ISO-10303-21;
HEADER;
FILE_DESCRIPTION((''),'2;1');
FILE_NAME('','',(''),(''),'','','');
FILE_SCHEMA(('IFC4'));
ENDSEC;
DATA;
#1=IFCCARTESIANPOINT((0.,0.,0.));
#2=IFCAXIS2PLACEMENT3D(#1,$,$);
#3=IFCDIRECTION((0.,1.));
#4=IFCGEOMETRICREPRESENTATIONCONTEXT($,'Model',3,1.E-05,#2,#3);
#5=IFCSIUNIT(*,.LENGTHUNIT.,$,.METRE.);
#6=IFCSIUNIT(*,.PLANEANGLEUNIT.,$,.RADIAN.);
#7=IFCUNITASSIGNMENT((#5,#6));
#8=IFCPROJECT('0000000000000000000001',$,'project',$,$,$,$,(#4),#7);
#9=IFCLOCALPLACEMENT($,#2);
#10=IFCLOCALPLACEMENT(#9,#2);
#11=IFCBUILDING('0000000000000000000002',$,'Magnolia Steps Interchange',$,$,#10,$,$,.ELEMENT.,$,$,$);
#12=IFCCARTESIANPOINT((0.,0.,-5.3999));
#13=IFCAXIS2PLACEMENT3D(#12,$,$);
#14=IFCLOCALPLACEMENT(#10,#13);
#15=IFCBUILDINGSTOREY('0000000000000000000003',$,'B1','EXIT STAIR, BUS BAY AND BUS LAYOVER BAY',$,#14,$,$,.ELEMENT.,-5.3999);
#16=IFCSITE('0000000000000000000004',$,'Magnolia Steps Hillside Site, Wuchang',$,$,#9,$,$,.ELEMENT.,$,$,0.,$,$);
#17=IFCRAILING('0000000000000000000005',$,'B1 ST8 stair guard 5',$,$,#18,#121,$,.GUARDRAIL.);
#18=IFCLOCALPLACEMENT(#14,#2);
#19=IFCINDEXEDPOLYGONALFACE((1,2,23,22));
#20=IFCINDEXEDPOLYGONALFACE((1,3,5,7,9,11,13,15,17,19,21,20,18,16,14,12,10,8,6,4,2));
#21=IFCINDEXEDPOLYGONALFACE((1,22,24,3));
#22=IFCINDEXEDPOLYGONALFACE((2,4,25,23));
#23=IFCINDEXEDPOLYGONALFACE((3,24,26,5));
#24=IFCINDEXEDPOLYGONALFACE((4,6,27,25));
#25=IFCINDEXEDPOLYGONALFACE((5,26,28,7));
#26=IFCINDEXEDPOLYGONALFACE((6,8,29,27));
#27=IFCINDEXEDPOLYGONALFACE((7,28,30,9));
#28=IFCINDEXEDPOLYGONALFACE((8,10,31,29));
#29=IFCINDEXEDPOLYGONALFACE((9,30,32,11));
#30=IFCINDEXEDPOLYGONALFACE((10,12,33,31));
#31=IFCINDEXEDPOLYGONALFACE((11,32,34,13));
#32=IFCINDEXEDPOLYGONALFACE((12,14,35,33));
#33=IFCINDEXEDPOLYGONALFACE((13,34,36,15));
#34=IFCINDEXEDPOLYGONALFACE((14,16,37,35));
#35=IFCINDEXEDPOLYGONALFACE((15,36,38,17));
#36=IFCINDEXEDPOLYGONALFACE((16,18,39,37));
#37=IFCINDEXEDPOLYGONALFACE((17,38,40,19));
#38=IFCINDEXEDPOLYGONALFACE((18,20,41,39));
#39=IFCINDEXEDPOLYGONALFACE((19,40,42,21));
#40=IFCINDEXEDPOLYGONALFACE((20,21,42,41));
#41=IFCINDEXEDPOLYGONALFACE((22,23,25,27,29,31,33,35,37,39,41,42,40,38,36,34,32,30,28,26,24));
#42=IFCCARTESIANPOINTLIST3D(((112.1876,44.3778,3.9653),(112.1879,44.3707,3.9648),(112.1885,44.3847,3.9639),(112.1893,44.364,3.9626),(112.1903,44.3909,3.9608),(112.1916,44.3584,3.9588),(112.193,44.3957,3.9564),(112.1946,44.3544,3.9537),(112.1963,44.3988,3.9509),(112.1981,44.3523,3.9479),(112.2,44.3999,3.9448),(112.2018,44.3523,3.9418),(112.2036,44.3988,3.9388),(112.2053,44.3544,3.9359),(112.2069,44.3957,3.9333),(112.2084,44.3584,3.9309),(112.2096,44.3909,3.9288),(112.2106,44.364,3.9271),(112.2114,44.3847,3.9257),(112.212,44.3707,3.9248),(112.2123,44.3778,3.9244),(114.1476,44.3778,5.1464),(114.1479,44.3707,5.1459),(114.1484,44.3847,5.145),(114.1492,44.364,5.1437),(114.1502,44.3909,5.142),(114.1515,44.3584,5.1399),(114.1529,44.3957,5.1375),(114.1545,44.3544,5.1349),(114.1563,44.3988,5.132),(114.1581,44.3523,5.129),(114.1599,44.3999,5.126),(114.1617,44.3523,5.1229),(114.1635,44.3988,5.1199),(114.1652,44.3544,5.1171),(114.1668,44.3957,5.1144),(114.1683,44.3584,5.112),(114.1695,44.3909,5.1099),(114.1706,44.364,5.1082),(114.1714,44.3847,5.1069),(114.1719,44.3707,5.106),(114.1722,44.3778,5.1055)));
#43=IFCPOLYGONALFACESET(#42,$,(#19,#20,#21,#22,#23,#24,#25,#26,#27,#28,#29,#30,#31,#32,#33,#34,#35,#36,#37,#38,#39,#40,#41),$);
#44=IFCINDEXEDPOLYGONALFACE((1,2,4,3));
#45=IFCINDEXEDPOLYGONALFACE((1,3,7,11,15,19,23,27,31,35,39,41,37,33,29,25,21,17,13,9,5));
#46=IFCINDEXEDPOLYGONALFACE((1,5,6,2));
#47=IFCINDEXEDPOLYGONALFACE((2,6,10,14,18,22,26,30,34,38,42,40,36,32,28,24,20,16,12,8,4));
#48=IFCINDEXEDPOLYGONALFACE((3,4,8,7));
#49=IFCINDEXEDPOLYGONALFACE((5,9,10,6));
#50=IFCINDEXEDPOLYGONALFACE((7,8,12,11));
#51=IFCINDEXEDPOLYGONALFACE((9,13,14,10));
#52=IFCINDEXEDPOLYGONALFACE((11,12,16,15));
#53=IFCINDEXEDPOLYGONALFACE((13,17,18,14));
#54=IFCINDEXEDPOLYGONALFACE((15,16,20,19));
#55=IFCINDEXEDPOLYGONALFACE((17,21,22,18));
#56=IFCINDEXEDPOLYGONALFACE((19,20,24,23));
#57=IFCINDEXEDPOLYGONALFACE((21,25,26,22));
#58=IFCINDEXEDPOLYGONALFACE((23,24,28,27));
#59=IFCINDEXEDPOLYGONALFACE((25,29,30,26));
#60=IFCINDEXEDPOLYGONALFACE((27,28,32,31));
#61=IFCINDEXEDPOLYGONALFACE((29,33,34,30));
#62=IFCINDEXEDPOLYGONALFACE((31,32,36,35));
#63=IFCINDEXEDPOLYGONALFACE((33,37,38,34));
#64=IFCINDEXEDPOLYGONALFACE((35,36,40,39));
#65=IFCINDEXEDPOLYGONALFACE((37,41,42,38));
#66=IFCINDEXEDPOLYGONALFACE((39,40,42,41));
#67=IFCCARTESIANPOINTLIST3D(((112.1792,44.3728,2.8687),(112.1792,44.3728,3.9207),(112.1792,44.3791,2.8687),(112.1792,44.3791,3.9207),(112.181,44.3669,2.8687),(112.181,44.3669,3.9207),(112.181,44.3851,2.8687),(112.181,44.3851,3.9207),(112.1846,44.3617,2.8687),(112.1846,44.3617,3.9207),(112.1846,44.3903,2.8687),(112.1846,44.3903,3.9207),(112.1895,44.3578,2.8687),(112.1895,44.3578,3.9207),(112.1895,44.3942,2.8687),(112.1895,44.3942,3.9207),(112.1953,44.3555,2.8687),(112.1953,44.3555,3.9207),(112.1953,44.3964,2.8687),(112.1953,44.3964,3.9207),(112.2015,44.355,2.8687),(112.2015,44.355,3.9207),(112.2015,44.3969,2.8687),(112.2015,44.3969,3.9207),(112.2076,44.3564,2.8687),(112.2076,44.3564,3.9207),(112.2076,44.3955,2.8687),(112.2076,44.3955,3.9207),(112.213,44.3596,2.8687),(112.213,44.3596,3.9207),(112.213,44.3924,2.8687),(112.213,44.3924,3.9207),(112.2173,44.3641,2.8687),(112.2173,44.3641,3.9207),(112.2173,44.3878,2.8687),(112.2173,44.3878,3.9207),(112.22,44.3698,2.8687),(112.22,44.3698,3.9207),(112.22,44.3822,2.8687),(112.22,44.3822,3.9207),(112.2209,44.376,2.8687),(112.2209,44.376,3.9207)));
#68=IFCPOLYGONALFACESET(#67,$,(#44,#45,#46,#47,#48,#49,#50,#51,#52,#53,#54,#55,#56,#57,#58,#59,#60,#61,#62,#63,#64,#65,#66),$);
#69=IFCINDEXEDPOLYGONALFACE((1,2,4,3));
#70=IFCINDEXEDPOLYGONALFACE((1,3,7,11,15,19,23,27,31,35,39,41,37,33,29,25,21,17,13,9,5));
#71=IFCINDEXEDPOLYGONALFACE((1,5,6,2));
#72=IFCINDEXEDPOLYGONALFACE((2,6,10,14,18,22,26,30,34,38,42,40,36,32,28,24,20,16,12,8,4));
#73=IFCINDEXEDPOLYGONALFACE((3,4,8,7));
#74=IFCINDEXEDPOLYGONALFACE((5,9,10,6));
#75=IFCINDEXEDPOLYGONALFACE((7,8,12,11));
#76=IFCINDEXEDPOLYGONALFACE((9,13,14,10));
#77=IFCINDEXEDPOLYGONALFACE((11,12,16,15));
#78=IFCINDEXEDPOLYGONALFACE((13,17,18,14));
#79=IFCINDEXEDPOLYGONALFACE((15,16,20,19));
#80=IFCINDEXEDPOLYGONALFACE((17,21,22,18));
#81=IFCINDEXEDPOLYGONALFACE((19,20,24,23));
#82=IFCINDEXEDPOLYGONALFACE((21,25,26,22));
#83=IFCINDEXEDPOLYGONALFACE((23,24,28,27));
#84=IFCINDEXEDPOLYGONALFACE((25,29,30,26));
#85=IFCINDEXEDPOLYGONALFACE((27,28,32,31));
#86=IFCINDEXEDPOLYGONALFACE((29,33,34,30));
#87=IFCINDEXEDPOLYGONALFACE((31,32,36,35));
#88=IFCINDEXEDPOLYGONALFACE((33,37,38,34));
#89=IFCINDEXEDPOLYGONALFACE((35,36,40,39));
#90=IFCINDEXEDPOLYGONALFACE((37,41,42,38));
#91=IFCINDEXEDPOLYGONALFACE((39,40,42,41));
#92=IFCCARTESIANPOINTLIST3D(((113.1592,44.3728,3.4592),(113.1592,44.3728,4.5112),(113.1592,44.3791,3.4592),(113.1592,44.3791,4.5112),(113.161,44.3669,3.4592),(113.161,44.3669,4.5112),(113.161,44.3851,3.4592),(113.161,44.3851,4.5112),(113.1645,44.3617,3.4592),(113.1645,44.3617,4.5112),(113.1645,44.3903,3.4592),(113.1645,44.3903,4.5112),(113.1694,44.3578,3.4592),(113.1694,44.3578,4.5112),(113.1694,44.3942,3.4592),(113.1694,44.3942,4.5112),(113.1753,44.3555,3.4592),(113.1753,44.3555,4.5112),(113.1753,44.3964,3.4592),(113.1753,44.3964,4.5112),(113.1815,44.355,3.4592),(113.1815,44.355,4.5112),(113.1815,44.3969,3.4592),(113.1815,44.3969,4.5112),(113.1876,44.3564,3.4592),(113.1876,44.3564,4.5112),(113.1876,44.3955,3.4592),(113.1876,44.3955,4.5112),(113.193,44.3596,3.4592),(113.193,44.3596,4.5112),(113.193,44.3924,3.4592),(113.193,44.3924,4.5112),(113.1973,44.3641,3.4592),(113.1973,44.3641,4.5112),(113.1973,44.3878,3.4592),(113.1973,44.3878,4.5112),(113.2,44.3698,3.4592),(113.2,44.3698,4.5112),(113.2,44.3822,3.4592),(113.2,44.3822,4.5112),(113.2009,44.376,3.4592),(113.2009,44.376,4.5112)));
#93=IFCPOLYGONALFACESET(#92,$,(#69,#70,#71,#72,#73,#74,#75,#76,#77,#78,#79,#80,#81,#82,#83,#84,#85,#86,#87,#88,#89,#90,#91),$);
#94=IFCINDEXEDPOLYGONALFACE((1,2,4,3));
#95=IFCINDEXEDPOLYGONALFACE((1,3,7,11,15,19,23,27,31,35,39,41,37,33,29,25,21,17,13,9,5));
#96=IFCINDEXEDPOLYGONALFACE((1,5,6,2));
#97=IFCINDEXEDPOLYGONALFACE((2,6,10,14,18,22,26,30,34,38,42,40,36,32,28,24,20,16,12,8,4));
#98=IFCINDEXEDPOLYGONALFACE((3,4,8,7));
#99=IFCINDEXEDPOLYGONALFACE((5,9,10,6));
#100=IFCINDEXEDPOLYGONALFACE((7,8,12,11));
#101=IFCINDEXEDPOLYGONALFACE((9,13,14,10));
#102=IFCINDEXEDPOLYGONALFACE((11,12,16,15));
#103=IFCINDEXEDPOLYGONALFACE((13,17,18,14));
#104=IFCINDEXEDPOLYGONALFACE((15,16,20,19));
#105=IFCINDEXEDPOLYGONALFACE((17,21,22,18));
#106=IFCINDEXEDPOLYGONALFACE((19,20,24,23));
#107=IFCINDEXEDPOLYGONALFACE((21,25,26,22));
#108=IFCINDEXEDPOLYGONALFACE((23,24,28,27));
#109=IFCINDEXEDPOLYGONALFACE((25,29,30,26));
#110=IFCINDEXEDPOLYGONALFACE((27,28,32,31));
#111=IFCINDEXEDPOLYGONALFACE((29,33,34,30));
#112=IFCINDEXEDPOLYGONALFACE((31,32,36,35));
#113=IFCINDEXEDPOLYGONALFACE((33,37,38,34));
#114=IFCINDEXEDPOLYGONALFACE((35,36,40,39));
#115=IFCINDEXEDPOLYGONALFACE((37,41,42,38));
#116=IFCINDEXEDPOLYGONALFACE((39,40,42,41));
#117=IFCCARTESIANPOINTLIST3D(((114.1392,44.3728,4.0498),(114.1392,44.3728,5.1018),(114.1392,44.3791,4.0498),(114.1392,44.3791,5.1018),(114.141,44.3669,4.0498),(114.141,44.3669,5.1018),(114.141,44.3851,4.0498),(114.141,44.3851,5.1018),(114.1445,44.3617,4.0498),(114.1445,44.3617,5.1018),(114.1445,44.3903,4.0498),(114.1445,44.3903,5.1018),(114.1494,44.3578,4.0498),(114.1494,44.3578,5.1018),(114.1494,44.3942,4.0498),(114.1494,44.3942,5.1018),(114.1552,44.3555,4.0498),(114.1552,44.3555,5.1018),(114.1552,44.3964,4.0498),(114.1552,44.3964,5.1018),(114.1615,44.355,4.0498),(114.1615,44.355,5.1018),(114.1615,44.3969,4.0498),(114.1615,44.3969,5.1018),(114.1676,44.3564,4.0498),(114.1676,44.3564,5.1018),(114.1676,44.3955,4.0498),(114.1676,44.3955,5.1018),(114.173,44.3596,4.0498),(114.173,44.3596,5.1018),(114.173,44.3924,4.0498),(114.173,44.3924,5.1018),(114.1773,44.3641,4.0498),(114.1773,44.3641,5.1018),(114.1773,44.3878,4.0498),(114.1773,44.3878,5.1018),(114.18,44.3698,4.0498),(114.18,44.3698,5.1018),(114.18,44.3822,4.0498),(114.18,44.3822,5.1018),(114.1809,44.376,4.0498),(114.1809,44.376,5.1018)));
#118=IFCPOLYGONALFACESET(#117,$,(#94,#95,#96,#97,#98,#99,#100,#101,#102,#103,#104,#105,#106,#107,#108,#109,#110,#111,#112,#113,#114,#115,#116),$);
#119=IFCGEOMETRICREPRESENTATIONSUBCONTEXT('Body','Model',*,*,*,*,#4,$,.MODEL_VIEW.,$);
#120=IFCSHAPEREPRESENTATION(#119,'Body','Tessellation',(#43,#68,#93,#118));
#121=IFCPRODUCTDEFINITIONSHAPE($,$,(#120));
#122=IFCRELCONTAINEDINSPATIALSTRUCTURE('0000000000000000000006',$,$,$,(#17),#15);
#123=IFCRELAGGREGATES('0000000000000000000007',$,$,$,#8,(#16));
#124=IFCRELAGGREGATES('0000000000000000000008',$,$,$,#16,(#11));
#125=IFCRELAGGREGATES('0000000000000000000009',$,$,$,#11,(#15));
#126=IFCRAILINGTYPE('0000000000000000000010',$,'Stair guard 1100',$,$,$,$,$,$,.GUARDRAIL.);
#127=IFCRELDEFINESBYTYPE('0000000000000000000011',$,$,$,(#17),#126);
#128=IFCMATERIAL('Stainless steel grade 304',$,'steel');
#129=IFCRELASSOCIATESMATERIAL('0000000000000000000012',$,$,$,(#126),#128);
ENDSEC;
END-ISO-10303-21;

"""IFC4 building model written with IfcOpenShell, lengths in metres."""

from ifc_helpers import new_model, si_unit, direction, frame, origin, origin_2d, place, context, subcontext, project, spatial, circle, extrude, material, type_object, element, save


model = new_model("IFC4")

# Units and contexts
model_context = context("Model", 3, precision=1e-05, world=origin(), true_north=direction((0.0, 1.0)))
body_context = subcontext(model_context, "Body", "Model", "MODEL_VIEW")
ifc_project = project(units=[si_unit("LENGTHUNIT", "METRE"), si_unit("PLANEANGLEUNIT", "RADIAN")], contexts=[model_context])

# Site, building, storey
site_placement = place(None, origin())
site = spatial("IfcSite", under=ifc_project, at=site_placement, Name="Magnolia Steps Hillside Site, Wuchang", CompositionType="ELEMENT", RefElevation=0.0)
building_placement = place(site_placement, origin())
building = spatial("IfcBuilding", under=site, at=building_placement, Name="Magnolia Steps Interchange", CompositionType="ELEMENT")
storey_placement = place(building_placement, frame((0.0, 0.0, -5.3999)))
storey = spatial("IfcBuildingStorey", under=building, at=storey_placement, Name="B1", Description="EXIT STAIR, BUS BAY AND BUS LAYOVER BAY", CompositionType="ELEMENT", Elevation=-5.3999)

# Railing
ifc_material_1 = material(Name="Stainless steel grade 304", Category="steel")
railing_type_1 = type_object("IfcRailingType", Name="Stair guard 1100", PredefinedType="GUARDRAIL", material=ifc_material_1)
railing_1_placement = place(storey_placement, frame((112.2, 44.376, 2.8687)))
element("IfcRailing", 1, at=railing_1_placement, inside=storey, type_object=railing_type_1, Name="B1 ST8 stair guard 5", PredefinedType="GUARDRAIL", context=body_context, shape_type="SweptSolid", body=[
    extrude(circle(Radius=0.0239, at=origin_2d()), frame((0.0, 0.0, 1.0762), z_axis=(0.856493, 0.0, 0.516158), x_axis=(0.0, 1.0, 0.0)), (0.0, 0.0, 1.0), 2.2883),
    extrude(circle(Radius=0.021, at=origin_2d()), origin(), (0.0, 0.0, 1.0), 1.052),
    extrude(circle(Radius=0.021, at=origin_2d()), frame((0.98, 0.0, 0.5906)), (0.0, 0.0, 1.0), 1.052),
    extrude(circle(Radius=0.021, at=origin_2d()), frame((1.96, 0.0, 1.1812)), (0.0, 0.0, 1.0), 1.052),
])

save(model, "model.ifc")
